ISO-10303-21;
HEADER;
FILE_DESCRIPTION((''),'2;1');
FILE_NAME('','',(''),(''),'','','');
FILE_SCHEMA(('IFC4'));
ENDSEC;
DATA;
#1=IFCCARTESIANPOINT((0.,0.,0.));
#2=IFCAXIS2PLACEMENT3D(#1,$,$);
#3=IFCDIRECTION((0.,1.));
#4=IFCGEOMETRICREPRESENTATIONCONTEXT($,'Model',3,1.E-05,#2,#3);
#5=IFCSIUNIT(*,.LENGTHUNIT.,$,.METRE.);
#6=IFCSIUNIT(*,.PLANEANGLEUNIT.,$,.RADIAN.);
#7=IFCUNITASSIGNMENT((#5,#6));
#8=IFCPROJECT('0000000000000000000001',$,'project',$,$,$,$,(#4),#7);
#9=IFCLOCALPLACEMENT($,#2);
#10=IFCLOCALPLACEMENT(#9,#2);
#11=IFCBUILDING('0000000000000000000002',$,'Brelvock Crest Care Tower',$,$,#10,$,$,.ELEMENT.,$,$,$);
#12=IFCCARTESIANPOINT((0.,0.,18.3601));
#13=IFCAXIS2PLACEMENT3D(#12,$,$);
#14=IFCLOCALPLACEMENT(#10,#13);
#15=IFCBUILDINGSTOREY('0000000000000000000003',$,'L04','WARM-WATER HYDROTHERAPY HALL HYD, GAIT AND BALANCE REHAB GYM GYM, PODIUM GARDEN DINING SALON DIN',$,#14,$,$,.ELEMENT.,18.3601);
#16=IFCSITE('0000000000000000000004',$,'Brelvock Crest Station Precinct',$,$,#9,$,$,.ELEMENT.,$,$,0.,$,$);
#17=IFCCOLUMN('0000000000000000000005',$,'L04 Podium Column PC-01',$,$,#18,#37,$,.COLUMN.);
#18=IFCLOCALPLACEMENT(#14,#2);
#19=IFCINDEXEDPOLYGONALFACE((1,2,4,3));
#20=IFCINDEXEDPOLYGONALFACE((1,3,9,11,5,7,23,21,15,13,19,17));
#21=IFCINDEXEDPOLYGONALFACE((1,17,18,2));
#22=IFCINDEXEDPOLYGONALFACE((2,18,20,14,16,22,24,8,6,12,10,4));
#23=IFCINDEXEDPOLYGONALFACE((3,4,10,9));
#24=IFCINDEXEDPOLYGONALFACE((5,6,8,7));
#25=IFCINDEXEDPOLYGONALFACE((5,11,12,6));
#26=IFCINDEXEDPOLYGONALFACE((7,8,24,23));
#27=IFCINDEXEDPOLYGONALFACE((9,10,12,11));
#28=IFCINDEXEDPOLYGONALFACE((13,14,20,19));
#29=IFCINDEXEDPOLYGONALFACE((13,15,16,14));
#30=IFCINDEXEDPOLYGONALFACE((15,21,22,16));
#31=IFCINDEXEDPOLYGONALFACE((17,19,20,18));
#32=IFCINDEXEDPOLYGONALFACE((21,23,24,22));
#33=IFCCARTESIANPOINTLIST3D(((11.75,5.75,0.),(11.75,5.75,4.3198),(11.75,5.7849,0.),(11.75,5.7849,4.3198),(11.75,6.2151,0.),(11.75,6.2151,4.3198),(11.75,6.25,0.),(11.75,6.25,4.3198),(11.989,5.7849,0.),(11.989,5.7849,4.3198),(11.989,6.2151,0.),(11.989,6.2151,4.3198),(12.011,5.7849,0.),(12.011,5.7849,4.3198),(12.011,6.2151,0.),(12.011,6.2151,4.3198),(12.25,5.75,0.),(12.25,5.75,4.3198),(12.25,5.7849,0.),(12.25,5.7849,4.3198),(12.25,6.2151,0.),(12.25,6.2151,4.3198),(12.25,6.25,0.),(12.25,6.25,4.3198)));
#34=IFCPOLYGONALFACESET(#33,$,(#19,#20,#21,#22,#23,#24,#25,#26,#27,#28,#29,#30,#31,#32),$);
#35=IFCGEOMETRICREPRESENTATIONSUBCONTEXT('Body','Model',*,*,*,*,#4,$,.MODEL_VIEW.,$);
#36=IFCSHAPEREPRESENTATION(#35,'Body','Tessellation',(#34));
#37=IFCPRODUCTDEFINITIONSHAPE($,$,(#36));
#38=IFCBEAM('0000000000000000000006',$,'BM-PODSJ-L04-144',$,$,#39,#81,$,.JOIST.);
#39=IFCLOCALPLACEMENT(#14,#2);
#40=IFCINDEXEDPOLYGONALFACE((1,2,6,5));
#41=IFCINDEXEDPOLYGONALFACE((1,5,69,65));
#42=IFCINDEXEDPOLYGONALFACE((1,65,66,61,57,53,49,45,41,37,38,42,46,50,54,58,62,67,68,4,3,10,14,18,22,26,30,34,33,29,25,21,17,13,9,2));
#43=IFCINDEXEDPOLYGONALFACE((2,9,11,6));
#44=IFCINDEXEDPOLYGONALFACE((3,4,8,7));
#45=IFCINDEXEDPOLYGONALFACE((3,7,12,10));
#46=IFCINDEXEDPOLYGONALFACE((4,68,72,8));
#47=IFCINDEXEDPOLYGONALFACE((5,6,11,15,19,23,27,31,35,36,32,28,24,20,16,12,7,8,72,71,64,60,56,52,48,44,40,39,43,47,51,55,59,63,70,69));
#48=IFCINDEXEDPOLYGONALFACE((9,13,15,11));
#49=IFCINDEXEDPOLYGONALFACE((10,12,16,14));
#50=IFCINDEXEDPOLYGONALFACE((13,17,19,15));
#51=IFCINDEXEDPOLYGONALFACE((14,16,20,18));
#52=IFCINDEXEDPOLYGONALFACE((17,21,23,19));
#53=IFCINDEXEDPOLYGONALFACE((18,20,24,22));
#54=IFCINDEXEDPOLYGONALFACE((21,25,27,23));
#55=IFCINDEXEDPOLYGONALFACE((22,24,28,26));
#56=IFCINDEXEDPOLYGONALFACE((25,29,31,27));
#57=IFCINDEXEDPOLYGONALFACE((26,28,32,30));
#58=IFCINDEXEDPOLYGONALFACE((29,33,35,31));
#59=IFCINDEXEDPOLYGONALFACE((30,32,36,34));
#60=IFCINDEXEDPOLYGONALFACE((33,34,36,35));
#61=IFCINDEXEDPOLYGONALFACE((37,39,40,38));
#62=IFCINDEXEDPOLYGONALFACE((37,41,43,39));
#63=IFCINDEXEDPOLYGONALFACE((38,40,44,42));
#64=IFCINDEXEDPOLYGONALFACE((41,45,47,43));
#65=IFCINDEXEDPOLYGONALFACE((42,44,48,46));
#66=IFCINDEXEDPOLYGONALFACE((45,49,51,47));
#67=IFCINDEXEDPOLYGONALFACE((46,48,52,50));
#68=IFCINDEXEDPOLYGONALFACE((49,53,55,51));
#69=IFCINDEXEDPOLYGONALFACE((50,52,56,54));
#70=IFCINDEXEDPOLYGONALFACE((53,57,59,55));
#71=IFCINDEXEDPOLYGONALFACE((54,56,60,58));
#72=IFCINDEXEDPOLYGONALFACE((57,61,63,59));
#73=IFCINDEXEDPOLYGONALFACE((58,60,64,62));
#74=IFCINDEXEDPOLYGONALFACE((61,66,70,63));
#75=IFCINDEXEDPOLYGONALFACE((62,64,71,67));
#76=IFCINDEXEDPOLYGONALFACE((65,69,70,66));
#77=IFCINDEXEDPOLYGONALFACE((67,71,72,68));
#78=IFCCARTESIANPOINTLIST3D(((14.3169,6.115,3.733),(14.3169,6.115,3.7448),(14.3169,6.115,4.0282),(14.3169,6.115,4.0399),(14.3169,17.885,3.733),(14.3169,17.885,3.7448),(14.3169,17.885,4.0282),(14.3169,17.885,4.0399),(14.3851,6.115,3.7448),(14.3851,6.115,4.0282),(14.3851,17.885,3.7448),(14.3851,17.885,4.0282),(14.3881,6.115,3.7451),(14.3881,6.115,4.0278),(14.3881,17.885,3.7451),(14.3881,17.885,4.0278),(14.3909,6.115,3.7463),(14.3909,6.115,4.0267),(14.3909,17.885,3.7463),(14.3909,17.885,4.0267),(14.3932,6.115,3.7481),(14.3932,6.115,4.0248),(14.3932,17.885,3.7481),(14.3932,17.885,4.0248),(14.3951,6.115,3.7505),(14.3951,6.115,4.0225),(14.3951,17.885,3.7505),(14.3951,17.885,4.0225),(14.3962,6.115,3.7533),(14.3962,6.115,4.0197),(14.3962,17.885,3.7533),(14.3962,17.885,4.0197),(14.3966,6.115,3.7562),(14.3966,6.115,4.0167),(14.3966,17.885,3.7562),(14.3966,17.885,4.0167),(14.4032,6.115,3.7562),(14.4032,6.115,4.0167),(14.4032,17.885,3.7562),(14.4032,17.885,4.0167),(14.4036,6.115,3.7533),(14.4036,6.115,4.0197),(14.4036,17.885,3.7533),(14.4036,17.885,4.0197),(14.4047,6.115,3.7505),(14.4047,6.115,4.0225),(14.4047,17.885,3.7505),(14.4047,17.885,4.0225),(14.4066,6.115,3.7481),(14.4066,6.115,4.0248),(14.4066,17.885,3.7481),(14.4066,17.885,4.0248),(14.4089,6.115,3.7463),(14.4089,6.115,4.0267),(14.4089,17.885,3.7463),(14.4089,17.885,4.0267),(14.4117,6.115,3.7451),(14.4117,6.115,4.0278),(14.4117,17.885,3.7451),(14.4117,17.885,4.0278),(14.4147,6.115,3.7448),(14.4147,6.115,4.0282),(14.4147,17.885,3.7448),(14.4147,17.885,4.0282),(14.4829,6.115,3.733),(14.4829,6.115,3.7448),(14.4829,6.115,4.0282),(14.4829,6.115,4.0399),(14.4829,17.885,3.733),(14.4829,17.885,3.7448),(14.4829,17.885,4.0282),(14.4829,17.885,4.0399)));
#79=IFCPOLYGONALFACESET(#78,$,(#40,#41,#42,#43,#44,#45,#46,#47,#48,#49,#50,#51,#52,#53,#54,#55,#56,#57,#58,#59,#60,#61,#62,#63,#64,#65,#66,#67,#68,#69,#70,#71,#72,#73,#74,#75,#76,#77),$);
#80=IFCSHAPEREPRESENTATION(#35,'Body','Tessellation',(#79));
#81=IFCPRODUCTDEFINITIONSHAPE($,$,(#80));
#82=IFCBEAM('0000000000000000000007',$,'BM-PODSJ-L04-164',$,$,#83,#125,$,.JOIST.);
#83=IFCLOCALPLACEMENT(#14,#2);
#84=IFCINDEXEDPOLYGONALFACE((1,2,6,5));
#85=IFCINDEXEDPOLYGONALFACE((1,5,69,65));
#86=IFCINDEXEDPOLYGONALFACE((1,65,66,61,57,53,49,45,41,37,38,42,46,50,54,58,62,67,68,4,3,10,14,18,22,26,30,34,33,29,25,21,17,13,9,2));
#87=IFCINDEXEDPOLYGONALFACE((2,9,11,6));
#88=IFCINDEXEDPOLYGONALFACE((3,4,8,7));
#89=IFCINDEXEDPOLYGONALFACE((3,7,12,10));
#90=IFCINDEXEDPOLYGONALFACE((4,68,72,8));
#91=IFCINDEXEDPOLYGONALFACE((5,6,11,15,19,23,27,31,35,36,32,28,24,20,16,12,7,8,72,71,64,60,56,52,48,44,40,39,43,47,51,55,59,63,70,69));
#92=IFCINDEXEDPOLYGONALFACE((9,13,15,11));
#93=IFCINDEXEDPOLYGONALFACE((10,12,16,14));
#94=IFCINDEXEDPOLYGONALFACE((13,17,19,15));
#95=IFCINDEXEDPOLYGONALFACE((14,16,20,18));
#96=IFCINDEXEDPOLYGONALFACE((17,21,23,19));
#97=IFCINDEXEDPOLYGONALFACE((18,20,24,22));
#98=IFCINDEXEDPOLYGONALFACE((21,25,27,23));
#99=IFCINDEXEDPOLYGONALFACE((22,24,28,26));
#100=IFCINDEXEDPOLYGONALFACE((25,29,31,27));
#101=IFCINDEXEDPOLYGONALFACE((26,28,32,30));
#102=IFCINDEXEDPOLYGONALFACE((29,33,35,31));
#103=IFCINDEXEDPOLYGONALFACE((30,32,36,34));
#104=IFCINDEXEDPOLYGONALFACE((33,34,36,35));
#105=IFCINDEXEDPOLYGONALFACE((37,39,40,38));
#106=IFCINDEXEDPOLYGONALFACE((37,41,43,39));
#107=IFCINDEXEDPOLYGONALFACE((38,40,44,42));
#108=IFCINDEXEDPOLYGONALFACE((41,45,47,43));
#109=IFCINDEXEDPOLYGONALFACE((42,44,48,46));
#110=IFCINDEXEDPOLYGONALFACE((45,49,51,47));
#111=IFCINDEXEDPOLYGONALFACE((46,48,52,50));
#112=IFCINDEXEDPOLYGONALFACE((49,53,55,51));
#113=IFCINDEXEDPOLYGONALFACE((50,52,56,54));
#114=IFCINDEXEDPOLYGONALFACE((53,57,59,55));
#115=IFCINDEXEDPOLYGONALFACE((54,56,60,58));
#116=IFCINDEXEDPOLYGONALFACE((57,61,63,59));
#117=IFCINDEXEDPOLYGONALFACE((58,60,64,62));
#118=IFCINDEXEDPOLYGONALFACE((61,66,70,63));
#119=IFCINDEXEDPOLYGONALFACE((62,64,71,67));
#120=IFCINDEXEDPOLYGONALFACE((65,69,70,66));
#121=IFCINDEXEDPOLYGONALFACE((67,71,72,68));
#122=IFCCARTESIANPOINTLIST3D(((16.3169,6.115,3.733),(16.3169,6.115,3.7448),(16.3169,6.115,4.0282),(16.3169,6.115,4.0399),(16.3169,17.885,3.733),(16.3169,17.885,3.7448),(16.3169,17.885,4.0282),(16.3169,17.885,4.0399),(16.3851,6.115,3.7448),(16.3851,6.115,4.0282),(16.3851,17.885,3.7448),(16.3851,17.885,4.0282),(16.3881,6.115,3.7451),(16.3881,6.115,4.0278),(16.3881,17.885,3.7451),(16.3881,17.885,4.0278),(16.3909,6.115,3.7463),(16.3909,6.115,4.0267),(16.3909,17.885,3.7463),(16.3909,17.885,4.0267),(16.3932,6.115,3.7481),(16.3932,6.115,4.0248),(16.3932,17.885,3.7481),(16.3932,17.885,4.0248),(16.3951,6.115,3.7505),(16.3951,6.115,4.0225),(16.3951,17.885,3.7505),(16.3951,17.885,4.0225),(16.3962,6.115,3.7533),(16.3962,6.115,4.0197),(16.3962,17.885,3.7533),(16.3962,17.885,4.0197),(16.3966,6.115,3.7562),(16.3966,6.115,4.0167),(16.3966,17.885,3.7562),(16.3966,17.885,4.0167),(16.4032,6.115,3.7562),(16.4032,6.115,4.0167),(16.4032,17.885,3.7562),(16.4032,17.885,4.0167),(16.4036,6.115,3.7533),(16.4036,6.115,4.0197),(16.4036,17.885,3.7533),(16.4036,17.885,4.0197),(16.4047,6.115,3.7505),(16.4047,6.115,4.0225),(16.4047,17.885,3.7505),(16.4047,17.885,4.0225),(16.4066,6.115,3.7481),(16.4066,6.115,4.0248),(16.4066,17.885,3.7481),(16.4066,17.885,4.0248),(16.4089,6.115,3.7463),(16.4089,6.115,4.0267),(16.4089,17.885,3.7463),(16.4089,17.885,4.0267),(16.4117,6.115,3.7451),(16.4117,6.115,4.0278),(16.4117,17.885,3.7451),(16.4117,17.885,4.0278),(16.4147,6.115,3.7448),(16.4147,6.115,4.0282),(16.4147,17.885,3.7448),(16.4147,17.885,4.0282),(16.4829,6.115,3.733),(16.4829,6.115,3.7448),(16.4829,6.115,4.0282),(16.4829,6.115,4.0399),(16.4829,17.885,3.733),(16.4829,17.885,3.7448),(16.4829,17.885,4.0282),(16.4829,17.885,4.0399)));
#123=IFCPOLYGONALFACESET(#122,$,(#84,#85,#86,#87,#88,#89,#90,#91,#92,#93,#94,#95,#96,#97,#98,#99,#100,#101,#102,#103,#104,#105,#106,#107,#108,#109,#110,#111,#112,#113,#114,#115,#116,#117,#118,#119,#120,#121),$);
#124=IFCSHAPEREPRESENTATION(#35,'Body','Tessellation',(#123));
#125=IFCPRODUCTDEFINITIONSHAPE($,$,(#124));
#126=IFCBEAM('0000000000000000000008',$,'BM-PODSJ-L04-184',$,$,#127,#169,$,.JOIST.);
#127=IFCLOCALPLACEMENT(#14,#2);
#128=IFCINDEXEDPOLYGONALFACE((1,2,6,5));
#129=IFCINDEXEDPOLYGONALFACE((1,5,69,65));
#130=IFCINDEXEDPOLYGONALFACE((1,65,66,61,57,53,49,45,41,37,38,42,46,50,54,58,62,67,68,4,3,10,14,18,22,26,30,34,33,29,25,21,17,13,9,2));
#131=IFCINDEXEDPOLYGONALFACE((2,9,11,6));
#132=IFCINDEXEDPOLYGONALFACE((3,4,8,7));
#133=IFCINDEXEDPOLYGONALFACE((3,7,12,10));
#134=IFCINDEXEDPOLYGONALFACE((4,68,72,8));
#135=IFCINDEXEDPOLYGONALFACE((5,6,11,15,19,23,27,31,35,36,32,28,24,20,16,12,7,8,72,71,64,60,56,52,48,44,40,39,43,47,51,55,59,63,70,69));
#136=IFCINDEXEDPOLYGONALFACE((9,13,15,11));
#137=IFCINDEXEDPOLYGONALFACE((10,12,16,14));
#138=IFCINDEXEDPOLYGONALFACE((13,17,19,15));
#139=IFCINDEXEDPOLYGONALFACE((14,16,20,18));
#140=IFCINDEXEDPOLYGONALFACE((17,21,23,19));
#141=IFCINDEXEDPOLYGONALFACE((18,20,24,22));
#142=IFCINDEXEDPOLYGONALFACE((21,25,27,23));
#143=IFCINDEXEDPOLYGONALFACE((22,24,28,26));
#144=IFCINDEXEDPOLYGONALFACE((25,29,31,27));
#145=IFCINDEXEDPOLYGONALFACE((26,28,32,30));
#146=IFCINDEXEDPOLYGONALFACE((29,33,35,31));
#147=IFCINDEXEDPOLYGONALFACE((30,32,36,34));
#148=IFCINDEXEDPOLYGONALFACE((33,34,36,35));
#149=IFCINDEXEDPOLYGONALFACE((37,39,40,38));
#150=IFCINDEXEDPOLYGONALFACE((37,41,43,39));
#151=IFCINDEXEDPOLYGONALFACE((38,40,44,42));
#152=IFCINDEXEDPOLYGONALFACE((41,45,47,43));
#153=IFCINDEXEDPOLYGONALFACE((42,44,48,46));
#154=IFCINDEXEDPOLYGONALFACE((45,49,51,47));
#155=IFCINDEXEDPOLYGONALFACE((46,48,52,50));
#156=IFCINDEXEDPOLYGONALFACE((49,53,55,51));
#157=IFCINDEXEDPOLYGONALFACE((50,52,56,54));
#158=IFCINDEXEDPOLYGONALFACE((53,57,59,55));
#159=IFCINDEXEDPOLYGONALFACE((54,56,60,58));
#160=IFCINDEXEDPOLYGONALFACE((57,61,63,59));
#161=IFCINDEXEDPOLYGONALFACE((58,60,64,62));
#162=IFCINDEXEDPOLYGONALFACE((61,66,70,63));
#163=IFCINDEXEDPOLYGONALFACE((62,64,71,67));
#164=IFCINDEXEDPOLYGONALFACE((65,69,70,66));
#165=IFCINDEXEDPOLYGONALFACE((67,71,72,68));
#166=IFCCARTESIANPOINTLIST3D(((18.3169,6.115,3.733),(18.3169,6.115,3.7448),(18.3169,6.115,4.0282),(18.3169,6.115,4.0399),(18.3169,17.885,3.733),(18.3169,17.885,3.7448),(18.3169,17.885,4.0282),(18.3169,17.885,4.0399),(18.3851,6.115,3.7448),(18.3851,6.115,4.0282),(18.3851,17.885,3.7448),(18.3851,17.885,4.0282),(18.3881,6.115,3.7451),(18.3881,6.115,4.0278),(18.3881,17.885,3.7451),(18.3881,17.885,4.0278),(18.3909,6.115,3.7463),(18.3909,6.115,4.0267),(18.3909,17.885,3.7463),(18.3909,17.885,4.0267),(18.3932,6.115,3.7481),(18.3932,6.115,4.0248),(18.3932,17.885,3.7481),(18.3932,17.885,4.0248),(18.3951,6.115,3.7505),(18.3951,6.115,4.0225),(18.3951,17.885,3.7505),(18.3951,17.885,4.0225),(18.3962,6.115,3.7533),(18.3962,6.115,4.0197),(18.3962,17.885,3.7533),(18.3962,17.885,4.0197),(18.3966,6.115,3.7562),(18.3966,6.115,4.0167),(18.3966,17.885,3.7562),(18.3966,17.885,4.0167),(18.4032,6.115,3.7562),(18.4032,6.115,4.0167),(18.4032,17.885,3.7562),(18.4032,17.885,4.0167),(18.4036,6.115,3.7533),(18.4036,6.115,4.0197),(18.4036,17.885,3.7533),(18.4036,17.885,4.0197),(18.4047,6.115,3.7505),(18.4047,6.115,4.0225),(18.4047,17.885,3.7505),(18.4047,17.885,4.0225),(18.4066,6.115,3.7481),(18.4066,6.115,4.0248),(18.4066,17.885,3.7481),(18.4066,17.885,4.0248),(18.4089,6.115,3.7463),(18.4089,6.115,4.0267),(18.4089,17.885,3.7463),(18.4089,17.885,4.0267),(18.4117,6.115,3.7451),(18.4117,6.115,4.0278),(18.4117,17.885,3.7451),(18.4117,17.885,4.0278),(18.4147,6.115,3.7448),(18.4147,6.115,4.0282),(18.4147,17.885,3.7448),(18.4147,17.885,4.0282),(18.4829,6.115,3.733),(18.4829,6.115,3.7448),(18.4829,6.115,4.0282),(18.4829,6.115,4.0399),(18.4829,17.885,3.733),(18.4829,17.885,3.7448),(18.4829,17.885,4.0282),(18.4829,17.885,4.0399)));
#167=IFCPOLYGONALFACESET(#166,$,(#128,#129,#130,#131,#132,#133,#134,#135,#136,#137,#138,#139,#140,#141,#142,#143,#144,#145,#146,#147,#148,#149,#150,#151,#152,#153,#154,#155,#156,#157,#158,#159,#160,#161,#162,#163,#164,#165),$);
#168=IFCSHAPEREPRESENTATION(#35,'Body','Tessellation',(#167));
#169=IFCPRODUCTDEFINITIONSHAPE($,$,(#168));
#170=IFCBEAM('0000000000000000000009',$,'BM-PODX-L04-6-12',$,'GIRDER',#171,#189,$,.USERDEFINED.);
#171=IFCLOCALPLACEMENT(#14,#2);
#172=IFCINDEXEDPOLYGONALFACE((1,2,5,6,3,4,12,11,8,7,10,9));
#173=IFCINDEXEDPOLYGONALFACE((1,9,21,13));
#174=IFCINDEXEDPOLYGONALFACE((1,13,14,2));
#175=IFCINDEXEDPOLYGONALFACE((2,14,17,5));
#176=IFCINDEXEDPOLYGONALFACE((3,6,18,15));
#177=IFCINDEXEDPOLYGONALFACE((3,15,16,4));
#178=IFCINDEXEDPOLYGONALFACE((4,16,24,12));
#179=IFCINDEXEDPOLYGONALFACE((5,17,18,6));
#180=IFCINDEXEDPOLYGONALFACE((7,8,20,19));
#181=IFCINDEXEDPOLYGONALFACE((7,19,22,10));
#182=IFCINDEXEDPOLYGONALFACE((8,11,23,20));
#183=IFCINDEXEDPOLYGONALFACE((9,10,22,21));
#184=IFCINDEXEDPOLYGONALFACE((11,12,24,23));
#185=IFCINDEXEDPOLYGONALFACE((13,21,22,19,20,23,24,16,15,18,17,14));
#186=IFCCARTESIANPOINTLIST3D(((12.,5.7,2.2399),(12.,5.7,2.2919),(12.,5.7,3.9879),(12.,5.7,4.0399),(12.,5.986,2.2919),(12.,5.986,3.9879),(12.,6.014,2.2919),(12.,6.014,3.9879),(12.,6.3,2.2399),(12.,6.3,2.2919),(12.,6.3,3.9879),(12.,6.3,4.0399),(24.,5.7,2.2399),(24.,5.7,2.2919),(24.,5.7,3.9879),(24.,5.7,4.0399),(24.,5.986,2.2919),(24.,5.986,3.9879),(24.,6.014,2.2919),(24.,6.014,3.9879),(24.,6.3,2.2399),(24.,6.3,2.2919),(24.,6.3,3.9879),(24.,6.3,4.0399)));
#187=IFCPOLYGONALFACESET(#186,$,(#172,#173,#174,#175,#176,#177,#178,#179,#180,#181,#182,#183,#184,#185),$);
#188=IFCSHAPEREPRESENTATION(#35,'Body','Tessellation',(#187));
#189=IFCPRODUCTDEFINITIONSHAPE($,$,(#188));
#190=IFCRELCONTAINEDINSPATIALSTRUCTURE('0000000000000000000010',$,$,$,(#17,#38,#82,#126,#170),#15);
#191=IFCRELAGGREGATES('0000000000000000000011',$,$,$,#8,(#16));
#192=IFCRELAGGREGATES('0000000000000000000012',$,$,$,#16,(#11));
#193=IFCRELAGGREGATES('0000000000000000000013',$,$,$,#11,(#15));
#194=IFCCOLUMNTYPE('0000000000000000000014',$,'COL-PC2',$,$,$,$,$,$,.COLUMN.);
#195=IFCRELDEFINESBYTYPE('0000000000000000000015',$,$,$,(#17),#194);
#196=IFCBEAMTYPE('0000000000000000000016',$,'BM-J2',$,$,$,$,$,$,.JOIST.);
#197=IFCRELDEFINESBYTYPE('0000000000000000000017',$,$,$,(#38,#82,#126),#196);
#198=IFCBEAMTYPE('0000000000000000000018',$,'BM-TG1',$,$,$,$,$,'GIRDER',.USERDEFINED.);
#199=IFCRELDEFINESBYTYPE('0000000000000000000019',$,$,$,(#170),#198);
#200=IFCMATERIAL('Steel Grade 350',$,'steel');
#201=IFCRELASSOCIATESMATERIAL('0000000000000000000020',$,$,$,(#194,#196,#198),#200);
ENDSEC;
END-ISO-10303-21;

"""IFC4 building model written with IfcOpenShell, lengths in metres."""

from ifc_helpers import new_model, si_unit, direction, frame, origin, origin_2d, place, context, subcontext, project, spatial, i_section, extrude, source, transform, mapped, material, material_profile, profile_set, type_object, element, save


model = new_model("IFC4")

# Units and contexts
model_context = context("Model", 3, precision=1e-05, world=origin(), true_north=direction((0.0, 1.0)))
body_context = subcontext(model_context, "Body", "Model", "MODEL_VIEW")
ifc_project = project(units=[si_unit("LENGTHUNIT", "METRE"), si_unit("PLANEANGLEUNIT", "RADIAN")], contexts=[model_context])

# Site, building, storey
site_placement = place(None, origin())
site = spatial("IfcSite", under=ifc_project, at=site_placement, Name="Brelvock Crest Station Precinct", CompositionType="ELEMENT", RefElevation=0.0)
building_placement = place(site_placement, origin())
building = spatial("IfcBuilding", under=site, at=building_placement, Name="Brelvock Crest Care Tower", CompositionType="ELEMENT")
storey_placement = place(building_placement, frame((0.0, 0.0, 18.3601)))
storey = spatial("IfcBuildingStorey", under=building, at=storey_placement, Name="L04", Description="WARM-WATER HYDROTHERAPY HALL HYD, GAIT AND BALANCE REHAB GYM GYM, PODIUM GARDEN DINING SALON DIN", CompositionType="ELEMENT", Elevation=18.3601)

# Column
ifc_material_1 = material(Name="Steel Grade 350", Category="steel")
ifc_material_profile_1 = material_profile(ifc_material_1, i_section(OverallWidth=0.5, OverallDepth=0.5, WebThickness=0.022, FlangeThickness=0.0349, at=origin_2d()), Name="500WC340")
ifc_profile_set_1 = profile_set([ifc_material_profile_1], Name="Steel Grade 350")
column_type = type_object("IfcColumnType", Name="COL-PC2", PredefinedType="COLUMN", material=ifc_profile_set_1)
shared_shape_1 = source(origin(), body_context, "Body", "SweptSolid", [
    extrude(i_section(OverallWidth=0.5, OverallDepth=0.5, WebThickness=0.022, FlangeThickness=0.0349, at=origin_2d()), origin(), (0.0, 0.0, 1.0), 4.3198),
])
column_placement = place(storey_placement, frame((12.0, 6.0, 0.0), z_axis=(0.0, 0.0, 1.0), x_axis=(1.0, 0.0, 0.0)))
element("IfcColumn", 1, at=column_placement, inside=storey, type_object=column_type, Name="L04 Podium Column PC-01", PredefinedType="COLUMN", context=body_context, shape_type="MappedRepresentation", body=[
    mapped(shared_shape_1, transform((0.0, 0.0, 0.0), x_axis=(1.0, 0.0, 0.0), y_axis=(0.0, 1.0, 0.0), z_axis=(0.0, 0.0, 1.0), scale=1.0)),
])

# Beams
ifc_material_profile_2 = material_profile(ifc_material_1, i_section(OverallWidth=0.166, OverallDepth=0.3069, WebThickness=0.0066, FlangeThickness=0.0117, FilletRadius=0.0115, at=origin_2d()), Name="310UB46.2")
ifc_profile_set_2 = profile_set([ifc_material_profile_2], Name="Steel Grade 350")
beam_type_1 = type_object("IfcBeamType", Name="BM-J2", PredefinedType="JOIST", material=ifc_profile_set_2)
shared_shape_2 = source(origin(), body_context, "Body", "SweptSolid", [
    extrude(i_section(OverallWidth=0.166, OverallDepth=0.3069, WebThickness=0.0066, FlangeThickness=0.0117, FilletRadius=0.0115, at=origin_2d()), origin(), (0.0, 0.0, 1.0), 11.77),
])
for number, where, z_axis, x_axis, name in (
    (2, (14.3999, 6.115, 3.8865), (0.0, 1.0, 0.0), (-1.0, 0.0, 0.0), "BM-PODSJ-L04-144"),
    (3, (16.3999, 6.115, 3.8865), (0.0, 1.0, 0.0), (-1.0, 0.0, 0.0), "BM-PODSJ-L04-164"),
    (4, (18.3999, 6.115, 3.8865), (0.0, 1.0, 0.0), (-1.0, 0.0, 0.0), "BM-PODSJ-L04-184"),
):
    element("IfcBeam", number, at=place(storey_placement, frame(where, z_axis=z_axis, x_axis=x_axis)), inside=storey, type_object=beam_type_1, Name=name, PredefinedType="JOIST", context=body_context, shape_type="MappedRepresentation", body=[
        mapped(shared_shape_2, transform((0.0, 0.0, 0.0), x_axis=(1.0, 0.0, 0.0), y_axis=(0.0, 1.0, 0.0), z_axis=(0.0, 0.0, 1.0), scale=1.0)),
    ])
ifc_material_profile_3 = material_profile(ifc_material_1, i_section(OverallWidth=0.6001, OverallDepth=1.8, WebThickness=0.0281, FlangeThickness=0.052, at=origin_2d()), Name="1800TG740")
ifc_profile_set_3 = profile_set([ifc_material_profile_3], Name="Steel Grade 350")
beam_type_2 = type_object("IfcBeamType", Name="BM-TG1", ElementType="GIRDER", PredefinedType="USERDEFINED", material=ifc_profile_set_3)
shared_shape_3 = source(origin(), body_context, "Body", "SweptSolid", [
    extrude(i_section(OverallWidth=0.6001, OverallDepth=1.8, WebThickness=0.0281, FlangeThickness=0.052, at=origin_2d()), origin(), (0.0, 0.0, 1.0), 12.0),
])
for number, where, z_axis, x_axis, name in (
    (5, (12.0, 6.0, 3.1399), (1.0, 0.0, 0.0), (0.0, 1.0, 0.0), "BM-PODX-L04-6-12"),
):
    element("IfcBeam", number, at=place(storey_placement, frame(where, z_axis=z_axis, x_axis=x_axis)), inside=storey, type_object=beam_type_2, Name=name, ObjectType="GIRDER", PredefinedType="USERDEFINED", context=body_context, shape_type="MappedRepresentation", body=[
        mapped(shared_shape_3, transform((0.0, 0.0, 0.0), x_axis=(1.0, 0.0, 0.0), y_axis=(0.0, 1.0, 0.0), z_axis=(0.0, 0.0, 1.0), scale=1.0)),
    ])

save(model, "model.ifc")
